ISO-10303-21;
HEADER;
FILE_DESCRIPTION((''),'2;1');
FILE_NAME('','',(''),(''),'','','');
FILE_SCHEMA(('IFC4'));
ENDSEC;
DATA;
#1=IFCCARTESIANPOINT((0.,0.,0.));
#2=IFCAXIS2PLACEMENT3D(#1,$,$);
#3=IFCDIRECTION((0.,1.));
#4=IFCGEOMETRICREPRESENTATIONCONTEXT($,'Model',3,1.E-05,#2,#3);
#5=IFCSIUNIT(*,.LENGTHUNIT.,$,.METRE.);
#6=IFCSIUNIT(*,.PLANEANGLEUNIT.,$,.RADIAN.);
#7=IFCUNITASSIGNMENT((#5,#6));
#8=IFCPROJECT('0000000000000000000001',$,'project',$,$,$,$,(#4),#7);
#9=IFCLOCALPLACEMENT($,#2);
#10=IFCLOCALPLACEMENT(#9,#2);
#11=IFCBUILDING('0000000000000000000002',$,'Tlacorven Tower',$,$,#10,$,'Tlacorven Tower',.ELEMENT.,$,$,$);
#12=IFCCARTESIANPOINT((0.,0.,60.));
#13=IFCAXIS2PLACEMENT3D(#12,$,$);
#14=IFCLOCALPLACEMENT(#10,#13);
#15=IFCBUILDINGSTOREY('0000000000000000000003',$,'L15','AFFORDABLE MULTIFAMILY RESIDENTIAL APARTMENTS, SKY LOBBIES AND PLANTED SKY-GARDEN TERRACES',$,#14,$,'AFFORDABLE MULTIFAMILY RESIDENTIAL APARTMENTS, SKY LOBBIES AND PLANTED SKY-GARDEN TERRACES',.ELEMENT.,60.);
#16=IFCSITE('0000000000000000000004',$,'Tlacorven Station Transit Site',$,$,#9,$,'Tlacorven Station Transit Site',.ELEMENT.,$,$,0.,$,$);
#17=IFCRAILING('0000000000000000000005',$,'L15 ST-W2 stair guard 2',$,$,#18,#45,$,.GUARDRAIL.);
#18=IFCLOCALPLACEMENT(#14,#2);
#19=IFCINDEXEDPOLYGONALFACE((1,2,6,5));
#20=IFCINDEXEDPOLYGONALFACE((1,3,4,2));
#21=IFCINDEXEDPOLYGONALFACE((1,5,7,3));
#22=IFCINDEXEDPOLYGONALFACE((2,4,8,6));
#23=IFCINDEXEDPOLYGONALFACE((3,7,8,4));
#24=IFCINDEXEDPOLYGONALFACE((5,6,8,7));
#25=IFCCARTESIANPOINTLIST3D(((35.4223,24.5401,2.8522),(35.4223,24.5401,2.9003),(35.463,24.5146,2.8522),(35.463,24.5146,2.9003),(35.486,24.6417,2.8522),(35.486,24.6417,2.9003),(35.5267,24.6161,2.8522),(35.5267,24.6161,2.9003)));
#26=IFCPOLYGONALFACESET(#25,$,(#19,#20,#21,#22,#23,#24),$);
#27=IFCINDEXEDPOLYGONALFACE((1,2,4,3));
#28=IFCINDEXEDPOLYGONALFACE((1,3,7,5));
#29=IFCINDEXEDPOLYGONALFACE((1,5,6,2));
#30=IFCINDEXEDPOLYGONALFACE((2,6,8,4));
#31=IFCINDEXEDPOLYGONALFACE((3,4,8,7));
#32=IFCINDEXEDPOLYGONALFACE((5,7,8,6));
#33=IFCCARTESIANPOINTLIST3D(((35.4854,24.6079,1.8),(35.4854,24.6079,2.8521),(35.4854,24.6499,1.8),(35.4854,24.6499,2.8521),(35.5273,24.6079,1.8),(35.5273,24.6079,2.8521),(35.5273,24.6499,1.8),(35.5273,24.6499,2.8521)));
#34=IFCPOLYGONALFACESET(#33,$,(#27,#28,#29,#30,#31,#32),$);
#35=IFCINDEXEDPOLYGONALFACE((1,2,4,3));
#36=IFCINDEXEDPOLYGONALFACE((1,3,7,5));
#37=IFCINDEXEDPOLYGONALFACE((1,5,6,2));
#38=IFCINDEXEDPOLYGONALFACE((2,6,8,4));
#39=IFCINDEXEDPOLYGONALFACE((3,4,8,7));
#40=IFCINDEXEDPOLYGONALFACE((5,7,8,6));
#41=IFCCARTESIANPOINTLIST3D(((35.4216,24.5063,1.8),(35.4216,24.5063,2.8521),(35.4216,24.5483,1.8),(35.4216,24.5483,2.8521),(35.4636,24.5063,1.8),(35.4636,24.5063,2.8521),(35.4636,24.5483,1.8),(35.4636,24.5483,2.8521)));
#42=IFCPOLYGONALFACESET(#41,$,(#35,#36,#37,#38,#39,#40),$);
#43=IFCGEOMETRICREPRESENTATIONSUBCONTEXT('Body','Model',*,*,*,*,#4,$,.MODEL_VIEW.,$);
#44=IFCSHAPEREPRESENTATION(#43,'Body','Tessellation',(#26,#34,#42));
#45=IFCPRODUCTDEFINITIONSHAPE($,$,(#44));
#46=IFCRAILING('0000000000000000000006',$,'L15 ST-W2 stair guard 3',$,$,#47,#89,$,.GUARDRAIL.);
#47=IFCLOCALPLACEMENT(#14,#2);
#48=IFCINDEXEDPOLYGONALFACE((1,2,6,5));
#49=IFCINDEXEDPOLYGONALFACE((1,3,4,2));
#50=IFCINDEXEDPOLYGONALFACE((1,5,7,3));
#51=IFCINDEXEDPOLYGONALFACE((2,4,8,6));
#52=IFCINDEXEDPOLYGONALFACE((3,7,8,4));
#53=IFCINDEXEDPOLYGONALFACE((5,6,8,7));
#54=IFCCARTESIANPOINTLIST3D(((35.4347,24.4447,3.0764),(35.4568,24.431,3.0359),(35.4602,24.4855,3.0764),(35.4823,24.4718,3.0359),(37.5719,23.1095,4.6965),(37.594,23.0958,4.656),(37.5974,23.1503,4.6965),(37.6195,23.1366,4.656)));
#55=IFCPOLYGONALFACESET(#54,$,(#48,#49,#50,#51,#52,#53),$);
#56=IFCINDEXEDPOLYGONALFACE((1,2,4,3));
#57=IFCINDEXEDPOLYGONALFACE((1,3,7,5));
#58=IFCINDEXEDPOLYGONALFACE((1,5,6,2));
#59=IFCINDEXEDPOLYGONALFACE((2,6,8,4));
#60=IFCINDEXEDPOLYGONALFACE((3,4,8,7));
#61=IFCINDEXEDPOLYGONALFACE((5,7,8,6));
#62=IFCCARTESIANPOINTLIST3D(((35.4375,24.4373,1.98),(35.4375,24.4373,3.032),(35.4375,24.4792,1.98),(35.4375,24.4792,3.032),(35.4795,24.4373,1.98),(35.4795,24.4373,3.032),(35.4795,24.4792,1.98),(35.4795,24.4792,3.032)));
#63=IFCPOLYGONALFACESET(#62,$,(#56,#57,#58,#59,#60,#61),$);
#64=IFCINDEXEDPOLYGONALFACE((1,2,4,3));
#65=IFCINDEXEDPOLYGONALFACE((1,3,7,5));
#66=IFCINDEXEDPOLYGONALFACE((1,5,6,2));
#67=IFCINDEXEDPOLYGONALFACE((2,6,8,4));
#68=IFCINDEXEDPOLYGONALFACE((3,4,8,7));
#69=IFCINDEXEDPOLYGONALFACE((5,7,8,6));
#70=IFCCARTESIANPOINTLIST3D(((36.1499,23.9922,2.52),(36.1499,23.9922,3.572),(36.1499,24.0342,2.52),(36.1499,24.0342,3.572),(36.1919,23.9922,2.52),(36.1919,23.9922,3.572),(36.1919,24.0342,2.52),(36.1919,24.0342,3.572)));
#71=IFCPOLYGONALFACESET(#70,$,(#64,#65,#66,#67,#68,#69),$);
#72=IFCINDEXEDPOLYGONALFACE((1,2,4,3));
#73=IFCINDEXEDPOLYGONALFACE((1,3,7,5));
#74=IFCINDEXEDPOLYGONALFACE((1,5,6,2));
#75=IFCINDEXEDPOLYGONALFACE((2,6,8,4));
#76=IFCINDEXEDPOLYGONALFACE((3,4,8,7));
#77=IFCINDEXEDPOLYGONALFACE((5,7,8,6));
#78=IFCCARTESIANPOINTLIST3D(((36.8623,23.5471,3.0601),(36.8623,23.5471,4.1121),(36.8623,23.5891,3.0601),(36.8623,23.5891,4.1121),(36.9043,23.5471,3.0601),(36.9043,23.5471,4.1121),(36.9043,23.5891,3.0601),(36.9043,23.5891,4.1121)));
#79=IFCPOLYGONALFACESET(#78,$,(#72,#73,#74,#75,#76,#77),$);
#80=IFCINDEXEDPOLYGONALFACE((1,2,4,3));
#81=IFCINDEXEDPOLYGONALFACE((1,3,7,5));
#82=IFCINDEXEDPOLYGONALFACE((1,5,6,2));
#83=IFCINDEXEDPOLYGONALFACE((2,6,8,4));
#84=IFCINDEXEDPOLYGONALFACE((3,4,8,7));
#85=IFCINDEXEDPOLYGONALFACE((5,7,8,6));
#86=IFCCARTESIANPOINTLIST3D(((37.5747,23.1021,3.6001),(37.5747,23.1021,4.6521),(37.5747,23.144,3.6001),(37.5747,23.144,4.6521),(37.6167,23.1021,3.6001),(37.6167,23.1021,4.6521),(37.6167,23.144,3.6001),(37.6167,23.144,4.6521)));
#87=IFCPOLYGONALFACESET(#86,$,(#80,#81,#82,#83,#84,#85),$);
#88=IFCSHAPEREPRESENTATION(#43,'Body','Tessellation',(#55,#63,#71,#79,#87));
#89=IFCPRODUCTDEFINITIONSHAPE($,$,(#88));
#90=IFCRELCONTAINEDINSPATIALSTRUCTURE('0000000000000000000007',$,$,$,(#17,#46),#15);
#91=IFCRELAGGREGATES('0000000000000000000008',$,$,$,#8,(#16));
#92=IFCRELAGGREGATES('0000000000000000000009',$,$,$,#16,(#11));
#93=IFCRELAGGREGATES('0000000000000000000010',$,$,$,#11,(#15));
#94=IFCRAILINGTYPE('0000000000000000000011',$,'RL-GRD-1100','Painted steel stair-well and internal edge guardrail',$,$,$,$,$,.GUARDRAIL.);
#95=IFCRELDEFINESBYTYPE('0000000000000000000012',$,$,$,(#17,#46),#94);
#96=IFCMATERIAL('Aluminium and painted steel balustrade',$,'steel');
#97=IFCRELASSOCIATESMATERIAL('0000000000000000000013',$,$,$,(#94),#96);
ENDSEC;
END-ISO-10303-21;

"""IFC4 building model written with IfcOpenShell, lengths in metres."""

from ifc_helpers import new_model, si_unit, direction, frame, origin, origin_2d, place, context, subcontext, project, spatial, rectangle, extrude, source, transform, mapped, material, type_object, element, save


model = new_model("IFC4")

# Units and contexts
model_context = context("Model", 3, precision=1e-05, world=origin(), true_north=direction((0.0, 1.0)))
body_context = subcontext(model_context, "Body", "Model", "MODEL_VIEW")
ifc_project = project(units=[si_unit("LENGTHUNIT", "METRE"), si_unit("PLANEANGLEUNIT", "RADIAN")], contexts=[model_context])

# Site, building, storey
site_placement = place(None, origin())
site = spatial("IfcSite", under=ifc_project, at=site_placement, Name="Tlacorven Station Transit Site", LongName="Tlacorven Station Transit Site", CompositionType="ELEMENT", RefElevation=0.0)
building_placement = place(site_placement, origin())
building = spatial("IfcBuilding", under=site, at=building_placement, Name="Tlacorven Tower", LongName="Tlacorven Tower", CompositionType="ELEMENT")
storey_placement = place(building_placement, frame((0.0, 0.0, 60.0)))
storey = spatial("IfcBuildingStorey", under=building, at=storey_placement, Name="L15", Description="AFFORDABLE MULTIFAMILY RESIDENTIAL APARTMENTS, SKY LOBBIES AND PLANTED SKY-GARDEN TERRACES", LongName="AFFORDABLE MULTIFAMILY RESIDENTIAL APARTMENTS, SKY LOBBIES AND PLANTED SKY-GARDEN TERRACES", CompositionType="ELEMENT", Elevation=60.0)

# Railings
ifc_material_1 = material(Name="Aluminium and painted steel balustrade", Category="steel")
railing_type_1 = type_object("IfcRailingType", Name="RL-GRD-1100", Description="Painted steel stair-well and internal edge guardrail", PredefinedType="GUARDRAIL", material=ifc_material_1)
shared_shape_1 = source(origin(), body_context, "Body", "SweptSolid", [
    extrude(rectangle(XDim=0.0481, YDim=0.0481, at=origin_2d()), frame((0.0, 0.0, 1.0762), z_axis=(-0.531462, -0.847082, 0.0), x_axis=(0.847082, -0.531462, 0.0)), (0.0, 0.0, 1.0), 0.1199),
    extrude(rectangle(XDim=0.042, YDim=0.042, at=origin_2d()), origin(), (0.0, 0.0, 1.0), 1.052),
    extrude(rectangle(XDim=0.042, YDim=0.042, at=origin_2d()), frame((-0.0637, -0.1016, 0.0)), (0.0, 0.0, 1.0), 1.052),
])
railing_1_placement = place(storey_placement, frame((35.5063, 24.6289, 1.8)))
element("IfcRailing", 1, at=railing_1_placement, inside=storey, type_object=railing_type_1, Name="L15 ST-W2 stair guard 2", PredefinedType="GUARDRAIL", context=body_context, shape_type="MappedRepresentation", body=[
    mapped(shared_shape_1, transform((0.0, 0.0, 0.0), scale=1.0)),
])
shared_shape_2 = source(origin(), body_context, "Body", "SweptSolid", [
    extrude(rectangle(XDim=0.0481, YDim=0.0481, at=origin_2d()), frame((0.0, 0.0, 1.0762), z_axis=(0.713386, -0.445683, 0.540784), x_axis=(0.529842, 0.848096, 0.0)), (0.0, 0.0, 1.0), 2.9958),
    extrude(rectangle(XDim=0.042, YDim=0.042, at=origin_2d()), origin(), (0.0, 0.0, 1.0), 1.052),
    extrude(rectangle(XDim=0.042, YDim=0.042, at=origin_2d()), frame((0.7124, -0.4451, 0.54)), (0.0, 0.0, 1.0), 1.052),
    extrude(rectangle(XDim=0.042, YDim=0.042, at=origin_2d()), frame((1.4248, -0.8901, 1.0801)), (0.0, 0.0, 1.0), 1.052),
    extrude(rectangle(XDim=0.042, YDim=0.042, at=origin_2d()), frame((2.1372, -1.3352, 1.6201)), (0.0, 0.0, 1.0), 1.052),
])
railing_2_placement = place(storey_placement, frame((35.4585, 24.4583, 1.98)))
element("IfcRailing", 2, at=railing_2_placement, inside=storey, type_object=railing_type_1, Name="L15 ST-W2 stair guard 3", PredefinedType="GUARDRAIL", context=body_context, shape_type="MappedRepresentation", body=[
    mapped(shared_shape_2, transform((0.0, 0.0, 0.0), scale=1.0)),
])

save(model, "model.ifc")
